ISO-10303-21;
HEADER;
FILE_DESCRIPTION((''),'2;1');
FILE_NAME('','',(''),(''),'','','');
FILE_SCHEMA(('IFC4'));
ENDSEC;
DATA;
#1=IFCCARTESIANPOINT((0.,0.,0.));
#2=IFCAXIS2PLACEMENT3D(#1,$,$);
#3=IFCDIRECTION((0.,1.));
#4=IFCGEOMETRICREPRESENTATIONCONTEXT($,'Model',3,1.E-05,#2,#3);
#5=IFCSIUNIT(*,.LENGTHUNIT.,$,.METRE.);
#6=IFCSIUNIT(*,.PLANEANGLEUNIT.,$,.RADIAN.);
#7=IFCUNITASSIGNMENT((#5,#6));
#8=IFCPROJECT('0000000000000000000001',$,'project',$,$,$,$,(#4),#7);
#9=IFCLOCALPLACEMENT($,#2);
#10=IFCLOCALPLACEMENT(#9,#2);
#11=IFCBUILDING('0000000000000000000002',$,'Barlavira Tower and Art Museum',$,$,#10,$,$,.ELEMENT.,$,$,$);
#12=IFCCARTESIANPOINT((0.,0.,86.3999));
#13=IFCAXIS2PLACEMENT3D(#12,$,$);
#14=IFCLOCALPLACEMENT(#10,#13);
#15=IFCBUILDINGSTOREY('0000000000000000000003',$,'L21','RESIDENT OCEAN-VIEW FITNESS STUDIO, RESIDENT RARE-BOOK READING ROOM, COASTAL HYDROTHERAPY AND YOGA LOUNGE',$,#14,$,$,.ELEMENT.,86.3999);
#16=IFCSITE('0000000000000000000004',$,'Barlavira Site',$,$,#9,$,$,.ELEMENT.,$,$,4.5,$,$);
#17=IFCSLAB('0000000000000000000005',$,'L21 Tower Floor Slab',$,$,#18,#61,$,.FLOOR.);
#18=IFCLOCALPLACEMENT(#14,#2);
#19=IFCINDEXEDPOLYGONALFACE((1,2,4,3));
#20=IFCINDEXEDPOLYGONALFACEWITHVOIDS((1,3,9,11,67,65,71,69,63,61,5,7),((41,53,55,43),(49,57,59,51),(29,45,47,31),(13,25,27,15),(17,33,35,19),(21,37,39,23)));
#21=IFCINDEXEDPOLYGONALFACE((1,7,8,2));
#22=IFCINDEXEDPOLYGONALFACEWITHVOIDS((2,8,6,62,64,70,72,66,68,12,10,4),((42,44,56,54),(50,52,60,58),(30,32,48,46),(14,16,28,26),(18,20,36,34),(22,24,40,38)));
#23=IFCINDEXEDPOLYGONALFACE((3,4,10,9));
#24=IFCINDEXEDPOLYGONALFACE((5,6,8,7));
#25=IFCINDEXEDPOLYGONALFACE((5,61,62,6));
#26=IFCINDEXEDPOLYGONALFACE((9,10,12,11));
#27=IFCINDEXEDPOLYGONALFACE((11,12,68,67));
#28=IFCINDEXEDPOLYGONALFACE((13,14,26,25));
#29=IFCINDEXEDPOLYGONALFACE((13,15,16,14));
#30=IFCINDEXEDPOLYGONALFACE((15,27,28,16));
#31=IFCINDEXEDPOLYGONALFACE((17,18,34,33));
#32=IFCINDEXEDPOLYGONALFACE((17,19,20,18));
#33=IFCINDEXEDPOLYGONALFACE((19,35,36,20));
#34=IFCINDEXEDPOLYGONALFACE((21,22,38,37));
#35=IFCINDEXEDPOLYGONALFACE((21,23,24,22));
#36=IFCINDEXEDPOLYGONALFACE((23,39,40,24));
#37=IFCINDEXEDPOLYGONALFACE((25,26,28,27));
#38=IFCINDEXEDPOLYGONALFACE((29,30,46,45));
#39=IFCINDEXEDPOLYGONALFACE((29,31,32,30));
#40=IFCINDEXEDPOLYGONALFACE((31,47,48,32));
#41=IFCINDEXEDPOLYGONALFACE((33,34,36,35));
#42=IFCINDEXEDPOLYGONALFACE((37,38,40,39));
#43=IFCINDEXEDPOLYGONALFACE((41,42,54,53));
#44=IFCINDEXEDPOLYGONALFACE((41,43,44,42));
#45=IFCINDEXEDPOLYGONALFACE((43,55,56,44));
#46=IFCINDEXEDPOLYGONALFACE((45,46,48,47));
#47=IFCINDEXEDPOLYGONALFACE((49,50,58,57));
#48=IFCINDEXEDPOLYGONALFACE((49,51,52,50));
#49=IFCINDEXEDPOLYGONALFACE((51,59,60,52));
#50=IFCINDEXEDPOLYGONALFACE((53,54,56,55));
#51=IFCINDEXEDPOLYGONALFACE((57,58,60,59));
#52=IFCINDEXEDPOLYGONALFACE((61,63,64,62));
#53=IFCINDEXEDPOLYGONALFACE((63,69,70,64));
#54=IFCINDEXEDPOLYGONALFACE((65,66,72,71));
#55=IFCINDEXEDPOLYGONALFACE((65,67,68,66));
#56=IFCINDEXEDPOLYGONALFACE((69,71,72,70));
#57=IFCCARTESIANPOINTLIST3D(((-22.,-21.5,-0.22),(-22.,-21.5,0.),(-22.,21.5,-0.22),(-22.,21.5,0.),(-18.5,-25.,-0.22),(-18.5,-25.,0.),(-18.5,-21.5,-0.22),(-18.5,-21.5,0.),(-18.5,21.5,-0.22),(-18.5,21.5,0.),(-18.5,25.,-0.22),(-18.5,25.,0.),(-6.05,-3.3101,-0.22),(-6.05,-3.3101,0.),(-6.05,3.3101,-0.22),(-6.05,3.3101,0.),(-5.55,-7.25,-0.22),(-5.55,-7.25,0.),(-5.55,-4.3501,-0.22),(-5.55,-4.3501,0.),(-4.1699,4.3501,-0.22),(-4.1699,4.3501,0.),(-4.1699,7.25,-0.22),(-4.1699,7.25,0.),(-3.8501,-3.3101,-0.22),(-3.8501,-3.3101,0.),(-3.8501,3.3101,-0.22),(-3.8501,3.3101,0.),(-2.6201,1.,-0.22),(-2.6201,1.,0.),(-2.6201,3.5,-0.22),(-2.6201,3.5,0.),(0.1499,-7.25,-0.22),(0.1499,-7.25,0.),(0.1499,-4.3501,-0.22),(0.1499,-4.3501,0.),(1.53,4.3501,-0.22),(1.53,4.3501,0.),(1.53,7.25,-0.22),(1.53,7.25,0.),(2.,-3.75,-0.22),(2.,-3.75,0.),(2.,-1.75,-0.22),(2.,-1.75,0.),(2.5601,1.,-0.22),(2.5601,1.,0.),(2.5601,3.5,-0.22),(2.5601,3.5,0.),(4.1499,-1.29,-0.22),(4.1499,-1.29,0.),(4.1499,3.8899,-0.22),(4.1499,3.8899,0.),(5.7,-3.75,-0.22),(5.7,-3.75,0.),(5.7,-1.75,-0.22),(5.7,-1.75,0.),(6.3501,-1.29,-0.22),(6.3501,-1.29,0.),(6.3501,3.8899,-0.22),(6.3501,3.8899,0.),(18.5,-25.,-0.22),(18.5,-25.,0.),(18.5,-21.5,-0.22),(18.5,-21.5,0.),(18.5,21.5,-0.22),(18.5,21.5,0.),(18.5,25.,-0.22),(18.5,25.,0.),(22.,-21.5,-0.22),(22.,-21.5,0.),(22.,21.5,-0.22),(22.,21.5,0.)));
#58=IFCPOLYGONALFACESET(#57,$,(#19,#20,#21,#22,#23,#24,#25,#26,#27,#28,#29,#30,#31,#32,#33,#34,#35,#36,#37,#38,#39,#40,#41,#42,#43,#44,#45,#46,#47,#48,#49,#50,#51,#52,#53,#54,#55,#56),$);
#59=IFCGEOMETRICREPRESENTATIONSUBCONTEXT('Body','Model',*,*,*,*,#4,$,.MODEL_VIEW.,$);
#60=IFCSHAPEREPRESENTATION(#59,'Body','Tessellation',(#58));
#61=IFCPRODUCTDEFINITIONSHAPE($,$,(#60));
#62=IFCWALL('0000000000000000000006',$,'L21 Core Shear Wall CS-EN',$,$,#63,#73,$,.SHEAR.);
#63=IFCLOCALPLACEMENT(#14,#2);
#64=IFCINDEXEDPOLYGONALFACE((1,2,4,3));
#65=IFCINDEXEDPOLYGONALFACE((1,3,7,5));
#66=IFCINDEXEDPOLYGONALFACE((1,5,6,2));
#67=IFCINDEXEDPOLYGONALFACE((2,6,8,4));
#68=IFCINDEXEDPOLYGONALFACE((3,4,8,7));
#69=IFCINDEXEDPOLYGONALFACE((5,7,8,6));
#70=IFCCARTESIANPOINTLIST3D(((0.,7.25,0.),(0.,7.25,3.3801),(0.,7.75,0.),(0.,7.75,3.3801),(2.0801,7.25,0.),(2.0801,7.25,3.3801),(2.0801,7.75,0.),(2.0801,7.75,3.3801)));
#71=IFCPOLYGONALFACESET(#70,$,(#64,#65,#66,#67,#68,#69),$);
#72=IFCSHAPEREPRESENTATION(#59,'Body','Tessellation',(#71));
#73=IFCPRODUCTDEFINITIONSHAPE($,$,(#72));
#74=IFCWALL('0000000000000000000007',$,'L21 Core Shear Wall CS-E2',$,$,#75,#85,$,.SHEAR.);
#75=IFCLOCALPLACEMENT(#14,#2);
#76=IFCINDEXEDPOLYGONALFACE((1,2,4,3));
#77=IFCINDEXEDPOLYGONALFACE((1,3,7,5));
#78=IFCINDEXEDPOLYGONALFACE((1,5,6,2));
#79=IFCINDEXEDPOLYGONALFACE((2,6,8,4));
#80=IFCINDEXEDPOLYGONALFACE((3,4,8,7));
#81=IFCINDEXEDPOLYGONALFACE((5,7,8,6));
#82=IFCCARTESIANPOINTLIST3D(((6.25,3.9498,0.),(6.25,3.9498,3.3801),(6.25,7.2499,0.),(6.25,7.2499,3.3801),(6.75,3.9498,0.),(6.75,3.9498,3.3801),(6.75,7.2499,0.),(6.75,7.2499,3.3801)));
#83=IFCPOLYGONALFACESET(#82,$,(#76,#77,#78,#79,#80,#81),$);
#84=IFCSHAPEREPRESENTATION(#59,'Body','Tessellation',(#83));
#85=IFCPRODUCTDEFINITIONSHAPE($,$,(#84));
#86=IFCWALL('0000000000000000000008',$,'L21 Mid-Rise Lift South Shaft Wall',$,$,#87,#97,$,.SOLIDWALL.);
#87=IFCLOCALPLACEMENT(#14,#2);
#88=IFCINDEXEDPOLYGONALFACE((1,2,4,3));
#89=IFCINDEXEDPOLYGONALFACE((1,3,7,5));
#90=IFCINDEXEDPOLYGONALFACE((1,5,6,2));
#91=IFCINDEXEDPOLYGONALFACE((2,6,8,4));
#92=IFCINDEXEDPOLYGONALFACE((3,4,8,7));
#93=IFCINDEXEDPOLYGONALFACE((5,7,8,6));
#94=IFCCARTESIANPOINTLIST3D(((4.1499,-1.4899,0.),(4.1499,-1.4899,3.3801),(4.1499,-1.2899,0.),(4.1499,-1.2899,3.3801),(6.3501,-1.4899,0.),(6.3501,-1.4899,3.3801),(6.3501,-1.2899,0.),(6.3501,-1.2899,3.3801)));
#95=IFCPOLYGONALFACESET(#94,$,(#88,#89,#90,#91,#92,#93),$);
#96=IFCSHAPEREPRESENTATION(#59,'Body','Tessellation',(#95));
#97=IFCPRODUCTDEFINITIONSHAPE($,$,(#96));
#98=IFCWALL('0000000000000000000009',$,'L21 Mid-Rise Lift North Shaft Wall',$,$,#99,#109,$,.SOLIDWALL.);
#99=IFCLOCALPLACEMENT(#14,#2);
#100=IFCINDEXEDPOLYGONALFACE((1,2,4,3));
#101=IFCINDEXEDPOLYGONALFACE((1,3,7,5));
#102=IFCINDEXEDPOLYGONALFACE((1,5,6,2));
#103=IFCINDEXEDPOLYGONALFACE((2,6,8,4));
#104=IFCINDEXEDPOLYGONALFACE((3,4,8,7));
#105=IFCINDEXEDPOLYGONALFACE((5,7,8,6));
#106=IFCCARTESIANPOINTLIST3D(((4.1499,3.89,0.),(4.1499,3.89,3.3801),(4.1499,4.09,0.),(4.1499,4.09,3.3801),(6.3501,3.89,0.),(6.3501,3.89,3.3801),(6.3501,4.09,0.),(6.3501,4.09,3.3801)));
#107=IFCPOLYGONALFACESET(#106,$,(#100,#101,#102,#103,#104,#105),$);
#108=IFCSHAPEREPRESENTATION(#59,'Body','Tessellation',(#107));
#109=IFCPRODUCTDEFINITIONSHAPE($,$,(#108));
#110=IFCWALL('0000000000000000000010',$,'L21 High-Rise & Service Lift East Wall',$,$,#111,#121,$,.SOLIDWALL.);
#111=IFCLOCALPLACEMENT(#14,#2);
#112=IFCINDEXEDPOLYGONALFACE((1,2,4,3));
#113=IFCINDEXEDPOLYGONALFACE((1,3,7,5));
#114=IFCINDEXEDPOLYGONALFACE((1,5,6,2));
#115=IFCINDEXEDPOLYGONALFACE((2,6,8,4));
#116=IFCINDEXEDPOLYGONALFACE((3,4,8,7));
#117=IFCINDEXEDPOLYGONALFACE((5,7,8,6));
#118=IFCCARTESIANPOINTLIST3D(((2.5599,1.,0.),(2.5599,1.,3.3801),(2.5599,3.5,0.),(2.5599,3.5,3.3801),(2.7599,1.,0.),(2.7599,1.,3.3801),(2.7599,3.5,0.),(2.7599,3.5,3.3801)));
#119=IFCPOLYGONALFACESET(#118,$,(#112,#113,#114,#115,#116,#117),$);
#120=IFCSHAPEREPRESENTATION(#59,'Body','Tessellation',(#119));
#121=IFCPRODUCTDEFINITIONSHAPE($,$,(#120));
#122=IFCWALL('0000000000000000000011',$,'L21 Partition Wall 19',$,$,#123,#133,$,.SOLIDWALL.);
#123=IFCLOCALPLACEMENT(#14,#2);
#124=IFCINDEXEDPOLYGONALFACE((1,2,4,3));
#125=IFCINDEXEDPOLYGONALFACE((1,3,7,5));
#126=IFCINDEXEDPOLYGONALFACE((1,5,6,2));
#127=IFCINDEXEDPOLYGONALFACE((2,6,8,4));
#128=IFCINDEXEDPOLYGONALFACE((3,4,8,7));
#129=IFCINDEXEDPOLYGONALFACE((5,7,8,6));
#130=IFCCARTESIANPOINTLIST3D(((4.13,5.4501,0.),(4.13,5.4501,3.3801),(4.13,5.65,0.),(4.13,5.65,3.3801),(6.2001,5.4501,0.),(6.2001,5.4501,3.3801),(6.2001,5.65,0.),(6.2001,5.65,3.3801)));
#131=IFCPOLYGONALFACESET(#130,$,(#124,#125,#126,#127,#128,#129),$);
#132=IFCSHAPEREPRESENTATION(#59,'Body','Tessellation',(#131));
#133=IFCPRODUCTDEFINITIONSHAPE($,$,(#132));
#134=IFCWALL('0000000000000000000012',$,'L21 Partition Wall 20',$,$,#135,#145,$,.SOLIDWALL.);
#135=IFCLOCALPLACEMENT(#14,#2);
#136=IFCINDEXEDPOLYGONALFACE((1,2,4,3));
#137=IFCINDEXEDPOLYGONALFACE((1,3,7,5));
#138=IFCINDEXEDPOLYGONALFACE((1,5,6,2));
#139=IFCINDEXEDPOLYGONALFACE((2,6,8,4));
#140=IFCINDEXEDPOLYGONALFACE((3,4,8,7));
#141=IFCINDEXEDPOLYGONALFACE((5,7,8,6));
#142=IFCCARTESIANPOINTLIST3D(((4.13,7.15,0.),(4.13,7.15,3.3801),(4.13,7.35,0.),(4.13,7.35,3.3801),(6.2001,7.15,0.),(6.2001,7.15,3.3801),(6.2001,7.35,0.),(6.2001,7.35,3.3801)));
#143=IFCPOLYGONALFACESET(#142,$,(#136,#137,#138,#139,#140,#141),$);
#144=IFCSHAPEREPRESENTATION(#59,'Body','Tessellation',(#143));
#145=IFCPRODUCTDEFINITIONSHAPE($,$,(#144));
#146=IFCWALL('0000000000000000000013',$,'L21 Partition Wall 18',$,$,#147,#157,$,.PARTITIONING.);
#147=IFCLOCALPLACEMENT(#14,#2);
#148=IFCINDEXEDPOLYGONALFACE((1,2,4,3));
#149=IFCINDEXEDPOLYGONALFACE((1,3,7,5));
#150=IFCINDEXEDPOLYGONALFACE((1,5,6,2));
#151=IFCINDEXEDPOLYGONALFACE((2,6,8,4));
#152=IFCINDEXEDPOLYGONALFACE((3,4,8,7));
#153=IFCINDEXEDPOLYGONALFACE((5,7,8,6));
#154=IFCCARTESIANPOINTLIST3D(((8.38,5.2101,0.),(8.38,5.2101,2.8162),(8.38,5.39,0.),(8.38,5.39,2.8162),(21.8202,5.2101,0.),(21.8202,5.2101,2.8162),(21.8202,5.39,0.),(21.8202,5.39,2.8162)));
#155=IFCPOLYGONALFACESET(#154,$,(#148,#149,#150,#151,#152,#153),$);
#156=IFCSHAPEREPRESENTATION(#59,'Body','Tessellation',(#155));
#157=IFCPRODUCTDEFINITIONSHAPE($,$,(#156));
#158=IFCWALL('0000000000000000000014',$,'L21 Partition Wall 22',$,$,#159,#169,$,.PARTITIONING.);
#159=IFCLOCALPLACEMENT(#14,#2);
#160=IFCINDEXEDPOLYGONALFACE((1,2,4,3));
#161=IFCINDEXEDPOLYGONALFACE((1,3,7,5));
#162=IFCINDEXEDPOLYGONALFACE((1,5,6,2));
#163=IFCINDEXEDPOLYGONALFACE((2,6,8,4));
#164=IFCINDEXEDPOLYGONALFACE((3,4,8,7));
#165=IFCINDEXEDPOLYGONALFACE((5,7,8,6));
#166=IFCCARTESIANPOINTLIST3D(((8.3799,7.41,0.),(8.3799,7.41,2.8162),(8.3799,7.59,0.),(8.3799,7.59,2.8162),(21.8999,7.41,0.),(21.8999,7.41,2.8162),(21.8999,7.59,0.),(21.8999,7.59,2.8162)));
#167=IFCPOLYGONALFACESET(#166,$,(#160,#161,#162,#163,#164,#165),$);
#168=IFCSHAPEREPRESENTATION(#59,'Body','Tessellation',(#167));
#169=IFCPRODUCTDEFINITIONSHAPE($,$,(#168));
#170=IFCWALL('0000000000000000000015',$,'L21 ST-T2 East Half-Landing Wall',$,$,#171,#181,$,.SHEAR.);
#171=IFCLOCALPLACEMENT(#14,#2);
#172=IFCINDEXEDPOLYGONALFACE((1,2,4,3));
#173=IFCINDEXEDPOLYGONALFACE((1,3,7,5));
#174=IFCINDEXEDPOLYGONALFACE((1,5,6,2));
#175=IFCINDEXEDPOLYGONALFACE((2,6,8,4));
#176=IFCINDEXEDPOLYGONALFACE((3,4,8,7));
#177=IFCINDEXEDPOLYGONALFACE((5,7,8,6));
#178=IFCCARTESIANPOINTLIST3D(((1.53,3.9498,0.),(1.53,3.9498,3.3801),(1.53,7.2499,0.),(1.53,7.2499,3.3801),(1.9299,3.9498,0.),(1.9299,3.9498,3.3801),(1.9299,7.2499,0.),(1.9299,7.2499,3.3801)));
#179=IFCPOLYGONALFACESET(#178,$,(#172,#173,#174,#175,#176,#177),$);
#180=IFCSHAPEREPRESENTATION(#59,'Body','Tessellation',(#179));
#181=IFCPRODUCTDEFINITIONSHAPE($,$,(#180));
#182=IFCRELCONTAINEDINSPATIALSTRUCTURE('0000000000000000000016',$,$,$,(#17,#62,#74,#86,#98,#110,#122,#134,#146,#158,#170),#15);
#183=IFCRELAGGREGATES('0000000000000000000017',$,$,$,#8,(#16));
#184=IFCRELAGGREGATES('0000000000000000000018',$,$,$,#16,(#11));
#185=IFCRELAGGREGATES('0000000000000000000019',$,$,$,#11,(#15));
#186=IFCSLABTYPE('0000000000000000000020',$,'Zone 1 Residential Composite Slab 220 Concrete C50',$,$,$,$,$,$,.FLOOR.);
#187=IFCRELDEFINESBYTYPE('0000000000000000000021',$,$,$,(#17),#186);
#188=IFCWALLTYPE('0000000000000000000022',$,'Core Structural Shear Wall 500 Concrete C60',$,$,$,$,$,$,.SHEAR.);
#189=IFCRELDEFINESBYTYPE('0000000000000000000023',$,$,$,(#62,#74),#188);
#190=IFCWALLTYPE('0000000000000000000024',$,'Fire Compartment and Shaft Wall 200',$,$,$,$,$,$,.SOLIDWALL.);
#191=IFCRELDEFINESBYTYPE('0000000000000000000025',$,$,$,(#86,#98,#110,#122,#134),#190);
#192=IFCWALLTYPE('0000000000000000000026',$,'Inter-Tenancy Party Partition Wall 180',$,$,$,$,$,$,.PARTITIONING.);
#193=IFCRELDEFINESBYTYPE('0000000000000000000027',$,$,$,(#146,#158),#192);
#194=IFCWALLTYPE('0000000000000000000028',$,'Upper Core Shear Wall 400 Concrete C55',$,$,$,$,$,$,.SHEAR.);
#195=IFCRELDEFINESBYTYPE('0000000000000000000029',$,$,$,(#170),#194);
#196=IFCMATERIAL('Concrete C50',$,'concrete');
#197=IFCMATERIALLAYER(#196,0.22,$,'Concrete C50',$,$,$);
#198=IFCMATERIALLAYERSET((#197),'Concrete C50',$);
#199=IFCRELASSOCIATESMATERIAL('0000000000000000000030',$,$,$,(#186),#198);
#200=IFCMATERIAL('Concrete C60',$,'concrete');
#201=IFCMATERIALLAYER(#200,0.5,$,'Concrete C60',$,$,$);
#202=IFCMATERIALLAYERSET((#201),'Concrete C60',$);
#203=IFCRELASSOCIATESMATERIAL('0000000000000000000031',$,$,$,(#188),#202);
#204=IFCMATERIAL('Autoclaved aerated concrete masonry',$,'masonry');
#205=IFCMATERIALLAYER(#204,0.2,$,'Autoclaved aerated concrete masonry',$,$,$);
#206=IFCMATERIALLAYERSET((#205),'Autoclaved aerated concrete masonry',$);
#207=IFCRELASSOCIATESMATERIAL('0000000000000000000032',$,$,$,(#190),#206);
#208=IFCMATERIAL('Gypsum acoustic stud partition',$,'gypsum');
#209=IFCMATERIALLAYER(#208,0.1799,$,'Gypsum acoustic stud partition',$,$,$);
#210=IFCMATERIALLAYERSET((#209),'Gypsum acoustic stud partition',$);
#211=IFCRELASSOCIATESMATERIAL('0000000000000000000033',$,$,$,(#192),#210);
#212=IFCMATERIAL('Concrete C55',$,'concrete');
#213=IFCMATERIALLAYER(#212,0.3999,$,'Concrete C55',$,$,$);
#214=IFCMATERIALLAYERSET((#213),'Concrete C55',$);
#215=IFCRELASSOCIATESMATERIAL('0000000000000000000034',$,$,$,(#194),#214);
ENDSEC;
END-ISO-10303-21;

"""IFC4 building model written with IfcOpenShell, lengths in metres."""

from ifc_helpers import new_model, si_unit, direction, frame, frame_2d, origin, place, context, subcontext, project, spatial, polyline, rectangle, outline, extrude, material, layer, layer_set, type_object, element, save


model = new_model("IFC4")

# Units and contexts
model_context = context("Model", 3, precision=1e-05, world=origin(), true_north=direction((0.0, 1.0)))
body_context = subcontext(model_context, "Body", "Model", "MODEL_VIEW")
ifc_project = project(units=[si_unit("LENGTHUNIT", "METRE"), si_unit("PLANEANGLEUNIT", "RADIAN")], contexts=[model_context])

# Site, building, storey
site_placement = place(None, origin())
site = spatial("IfcSite", under=ifc_project, at=site_placement, Name="Barlavira Site", CompositionType="ELEMENT", RefElevation=4.5)
building_placement = place(site_placement, origin())
building = spatial("IfcBuilding", under=site, at=building_placement, Name="Barlavira Tower and Art Museum", CompositionType="ELEMENT")
storey_placement = place(building_placement, frame((0.0, 0.0, 86.3999)))
storey = spatial("IfcBuildingStorey", under=building, at=storey_placement, Name="L21", Description="RESIDENT OCEAN-VIEW FITNESS STUDIO, RESIDENT RARE-BOOK READING ROOM, COASTAL HYDROTHERAPY AND YOGA LOUNGE", CompositionType="ELEMENT", Elevation=86.3999)

# Shared definitions
ifc_material_1 = material(Name="Concrete C60", Category="concrete")

# Slab
ifc_material_2 = material(Name="Concrete C50", Category="concrete")
ifc_layer_1 = layer(ifc_material_2, 0.22, Name="Concrete C50")
ifc_layer_set_1 = layer_set([ifc_layer_1], Name="Concrete C50")
slab_type_1 = type_object("IfcSlabType", Name="Zone 1 Residential Composite Slab 220 Concrete C50", PredefinedType="FLOOR", material=ifc_layer_set_1)
slab_1_placement = place(storey_placement, frame((0.0, 0.0, -0.22)))
element("IfcSlab", 1, at=slab_1_placement, inside=storey, type_object=slab_type_1, Name="L21 Tower Floor Slab", PredefinedType="FLOOR", context=body_context, shape_type="SweptSolid", body=[
    extrude(outline(polyline([(-18.5, -25.0), (18.5, -25.0), (18.5, -21.5), (22.0, -21.5), (22.0, 21.5), (18.5, 21.5), (18.5, 25.0), (-18.5, 25.0), (-18.5, 21.5), (-22.0, 21.5), (-22.0, -21.5), (-18.5, -21.5), (-18.5, -25.0)]), holes=[polyline([(0.1499, -4.3501), (-5.55, -4.3501), (-5.55, -7.25), (0.1499, -7.25), (0.1499, -4.3501)]), polyline([(-4.1699, 4.3501), (1.53, 4.3501), (1.53, 7.25), (-4.1699, 7.25), (-4.1699, 4.3501)]), polyline([(-6.05, -3.3101), (-3.8501, -3.3101), (-3.8501, 3.3101), (-6.05, 3.3101), (-6.05, -3.3101)]), polyline([(4.1499, -1.29), (6.3501, -1.29), (6.3501, 3.8899), (4.1499, 3.8899), (4.1499, -1.29)]), polyline([(-2.6201, 1.0), (2.5601, 1.0), (2.5601, 3.5), (-2.6201, 3.5), (-2.6201, 1.0)]), polyline([(2.0, -3.75), (5.7, -3.75), (5.7, -1.75), (2.0, -1.75), (2.0, -3.75)])]), origin(), (0.0, 0.0, 1.0), 0.22),
])

# Walls
ifc_layer_2 = layer(ifc_material_1, 0.5, Name="Concrete C60")
ifc_layer_set_2 = layer_set([ifc_layer_2], Name="Concrete C60")
wall_type_1 = type_object("IfcWallType", Name="Core Structural Shear Wall 500 Concrete C60", PredefinedType="SHEAR", material=ifc_layer_set_2)
wall_1_placement = place(storey_placement, frame((0.0, 7.5, 0.0), z_axis=(0.0, 0.0, 1.0), x_axis=(1.0, 0.0, 0.0)))
element("IfcWall", 2, at=wall_1_placement, inside=storey, type_object=wall_type_1, Name="L21 Core Shear Wall CS-EN", PredefinedType="SHEAR", context=body_context, shape_type="SweptSolid", body=[
    extrude(rectangle(XDim=2.0801, YDim=0.5, at=frame_2d((1.04, 0.0))), origin(), (0.0, 0.0, 1.0), 3.3801),
])
wall_2_placement = place(storey_placement, frame((6.5, 3.95, 0.0), z_axis=(0.0, 0.0, 1.0), x_axis=(0.0, 1.0, 0.0)))
element("IfcWall", 3, at=wall_2_placement, inside=storey, type_object=wall_type_1, Name="L21 Core Shear Wall CS-E2", PredefinedType="SHEAR", context=body_context, shape_type="SweptSolid", body=[
    extrude(rectangle(XDim=3.3, YDim=0.5, at=frame_2d((1.6499, 0.0))), origin(), (0.0, 0.0, 1.0), 3.3801),
])
ifc_material_3 = material(Name="Autoclaved aerated concrete masonry", Category="masonry")
ifc_layer_3 = layer(ifc_material_3, 0.2, Name="Autoclaved aerated concrete masonry")
ifc_layer_set_3 = layer_set([ifc_layer_3], Name="Autoclaved aerated concrete masonry")
wall_type_2 = type_object("IfcWallType", Name="Fire Compartment and Shaft Wall 200", PredefinedType="SOLIDWALL", material=ifc_layer_set_3)
for number, where, z_axis, x_axis, name in (
    (4, (4.1499, -1.3899, 0.0), (0.0, 0.0, 1.0), (1.0, 0.0, 0.0), "L21 Mid-Rise Lift South Shaft Wall"),
    (5, (4.1499, 3.99, 0.0), (0.0, 0.0, 1.0), (1.0, 0.0, 0.0), "L21 Mid-Rise Lift North Shaft Wall"),
):
    element("IfcWall", number, at=place(storey_placement, frame(where, z_axis=z_axis, x_axis=x_axis)), inside=storey, type_object=wall_type_2, Name=name, PredefinedType="SOLIDWALL", context=body_context, shape_type="SweptSolid", body=[
        extrude(rectangle(XDim=2.2002, YDim=0.2, at=frame_2d((1.1001, 0.0))), origin(), (0.0, 0.0, 1.0), 3.3801),
    ])
wall_3_placement = place(storey_placement, frame((2.6599, 1.0, 0.0), z_axis=(0.0, 0.0, 1.0), x_axis=(0.0, 1.0, 0.0)))
element("IfcWall", 6, at=wall_3_placement, inside=storey, type_object=wall_type_2, Name="L21 High-Rise & Service Lift East Wall", PredefinedType="SOLIDWALL", context=body_context, shape_type="SweptSolid", body=[
    extrude(rectangle(XDim=2.5, YDim=0.2, at=frame_2d((1.25, 0.0))), origin(), (0.0, 0.0, 1.0), 3.3801),
])

# Walls
for number, where, z_axis, x_axis, name in (
    (7, (4.1299, 5.55, 0.0), (0.0, 0.0, 1.0), (1.0, 0.0, 0.0), "L21 Partition Wall 19"),
    (8, (4.1299, 7.25, 0.0), (0.0, 0.0, 1.0), (1.0, 0.0, 0.0), "L21 Partition Wall 20"),
):
    element("IfcWall", number, at=place(storey_placement, frame(where, z_axis=z_axis, x_axis=x_axis)), inside=storey, type_object=wall_type_2, Name=name, PredefinedType="SOLIDWALL", context=body_context, shape_type="SweptSolid", body=[
        extrude(rectangle(XDim=2.0701, YDim=0.2, at=frame_2d((1.0352, 0.0))), origin(), (0.0, 0.0, 1.0), 3.3801),
    ])
ifc_material_4 = material(Name="Gypsum acoustic stud partition", Category="gypsum")
ifc_layer_4 = layer(ifc_material_4, 0.1799, Name="Gypsum acoustic stud partition")
ifc_layer_set_4 = layer_set([ifc_layer_4], Name="Gypsum acoustic stud partition")
wall_type_3 = type_object("IfcWallType", Name="Inter-Tenancy Party Partition Wall 180", PredefinedType="PARTITIONING", material=ifc_layer_set_4)
wall_4_placement = place(storey_placement, frame((8.3799, 5.3, 0.0), z_axis=(0.0, 0.0, 1.0), x_axis=(1.0, 0.0, 0.0)))
element("IfcWall", 9, at=wall_4_placement, inside=storey, type_object=wall_type_3, Name="L21 Partition Wall 18", PredefinedType="PARTITIONING", context=body_context, shape_type="SweptSolid", body=[
    extrude(rectangle(XDim=13.4402, YDim=0.1799, at=frame_2d((6.7202, 0.0))), origin(), (0.0, 0.0, 1.0), 2.8162),
])
wall_5_placement = place(storey_placement, frame((8.3799, 7.5, 0.0), z_axis=(0.0, 0.0, 1.0), x_axis=(1.0, 0.0, 0.0)))
element("IfcWall", 10, at=wall_5_placement, inside=storey, type_object=wall_type_3, Name="L21 Partition Wall 22", PredefinedType="PARTITIONING", context=body_context, shape_type="SweptSolid", body=[
    extrude(rectangle(XDim=13.52, YDim=0.1799, at=frame_2d((6.76, 0.0))), origin(), (0.0, 0.0, 1.0), 2.8162),
])
ifc_material_5 = material(Name="Concrete C55", Category="concrete")
ifc_layer_5 = layer(ifc_material_5, 0.3999, Name="Concrete C55")
ifc_layer_set_5 = layer_set([ifc_layer_5], Name="Concrete C55")
wall_type_4 = type_object("IfcWallType", Name="Upper Core Shear Wall 400 Concrete C55", PredefinedType="SHEAR", material=ifc_layer_set_5)
wall_6_placement = place(storey_placement, frame((1.73, 3.95, 0.0), z_axis=(0.0, 0.0, 1.0), x_axis=(0.0, 1.0, 0.0)))
element("IfcWall", 11, at=wall_6_placement, inside=storey, type_object=wall_type_4, Name="L21 ST-T2 East Half-Landing Wall", PredefinedType="SHEAR", context=body_context, shape_type="SweptSolid", body=[
    extrude(rectangle(XDim=3.3, YDim=0.3999, at=frame_2d((1.6499, 0.0))), origin(), (0.0, 0.0, 1.0), 3.3801),
])

save(model, "model.ifc")
